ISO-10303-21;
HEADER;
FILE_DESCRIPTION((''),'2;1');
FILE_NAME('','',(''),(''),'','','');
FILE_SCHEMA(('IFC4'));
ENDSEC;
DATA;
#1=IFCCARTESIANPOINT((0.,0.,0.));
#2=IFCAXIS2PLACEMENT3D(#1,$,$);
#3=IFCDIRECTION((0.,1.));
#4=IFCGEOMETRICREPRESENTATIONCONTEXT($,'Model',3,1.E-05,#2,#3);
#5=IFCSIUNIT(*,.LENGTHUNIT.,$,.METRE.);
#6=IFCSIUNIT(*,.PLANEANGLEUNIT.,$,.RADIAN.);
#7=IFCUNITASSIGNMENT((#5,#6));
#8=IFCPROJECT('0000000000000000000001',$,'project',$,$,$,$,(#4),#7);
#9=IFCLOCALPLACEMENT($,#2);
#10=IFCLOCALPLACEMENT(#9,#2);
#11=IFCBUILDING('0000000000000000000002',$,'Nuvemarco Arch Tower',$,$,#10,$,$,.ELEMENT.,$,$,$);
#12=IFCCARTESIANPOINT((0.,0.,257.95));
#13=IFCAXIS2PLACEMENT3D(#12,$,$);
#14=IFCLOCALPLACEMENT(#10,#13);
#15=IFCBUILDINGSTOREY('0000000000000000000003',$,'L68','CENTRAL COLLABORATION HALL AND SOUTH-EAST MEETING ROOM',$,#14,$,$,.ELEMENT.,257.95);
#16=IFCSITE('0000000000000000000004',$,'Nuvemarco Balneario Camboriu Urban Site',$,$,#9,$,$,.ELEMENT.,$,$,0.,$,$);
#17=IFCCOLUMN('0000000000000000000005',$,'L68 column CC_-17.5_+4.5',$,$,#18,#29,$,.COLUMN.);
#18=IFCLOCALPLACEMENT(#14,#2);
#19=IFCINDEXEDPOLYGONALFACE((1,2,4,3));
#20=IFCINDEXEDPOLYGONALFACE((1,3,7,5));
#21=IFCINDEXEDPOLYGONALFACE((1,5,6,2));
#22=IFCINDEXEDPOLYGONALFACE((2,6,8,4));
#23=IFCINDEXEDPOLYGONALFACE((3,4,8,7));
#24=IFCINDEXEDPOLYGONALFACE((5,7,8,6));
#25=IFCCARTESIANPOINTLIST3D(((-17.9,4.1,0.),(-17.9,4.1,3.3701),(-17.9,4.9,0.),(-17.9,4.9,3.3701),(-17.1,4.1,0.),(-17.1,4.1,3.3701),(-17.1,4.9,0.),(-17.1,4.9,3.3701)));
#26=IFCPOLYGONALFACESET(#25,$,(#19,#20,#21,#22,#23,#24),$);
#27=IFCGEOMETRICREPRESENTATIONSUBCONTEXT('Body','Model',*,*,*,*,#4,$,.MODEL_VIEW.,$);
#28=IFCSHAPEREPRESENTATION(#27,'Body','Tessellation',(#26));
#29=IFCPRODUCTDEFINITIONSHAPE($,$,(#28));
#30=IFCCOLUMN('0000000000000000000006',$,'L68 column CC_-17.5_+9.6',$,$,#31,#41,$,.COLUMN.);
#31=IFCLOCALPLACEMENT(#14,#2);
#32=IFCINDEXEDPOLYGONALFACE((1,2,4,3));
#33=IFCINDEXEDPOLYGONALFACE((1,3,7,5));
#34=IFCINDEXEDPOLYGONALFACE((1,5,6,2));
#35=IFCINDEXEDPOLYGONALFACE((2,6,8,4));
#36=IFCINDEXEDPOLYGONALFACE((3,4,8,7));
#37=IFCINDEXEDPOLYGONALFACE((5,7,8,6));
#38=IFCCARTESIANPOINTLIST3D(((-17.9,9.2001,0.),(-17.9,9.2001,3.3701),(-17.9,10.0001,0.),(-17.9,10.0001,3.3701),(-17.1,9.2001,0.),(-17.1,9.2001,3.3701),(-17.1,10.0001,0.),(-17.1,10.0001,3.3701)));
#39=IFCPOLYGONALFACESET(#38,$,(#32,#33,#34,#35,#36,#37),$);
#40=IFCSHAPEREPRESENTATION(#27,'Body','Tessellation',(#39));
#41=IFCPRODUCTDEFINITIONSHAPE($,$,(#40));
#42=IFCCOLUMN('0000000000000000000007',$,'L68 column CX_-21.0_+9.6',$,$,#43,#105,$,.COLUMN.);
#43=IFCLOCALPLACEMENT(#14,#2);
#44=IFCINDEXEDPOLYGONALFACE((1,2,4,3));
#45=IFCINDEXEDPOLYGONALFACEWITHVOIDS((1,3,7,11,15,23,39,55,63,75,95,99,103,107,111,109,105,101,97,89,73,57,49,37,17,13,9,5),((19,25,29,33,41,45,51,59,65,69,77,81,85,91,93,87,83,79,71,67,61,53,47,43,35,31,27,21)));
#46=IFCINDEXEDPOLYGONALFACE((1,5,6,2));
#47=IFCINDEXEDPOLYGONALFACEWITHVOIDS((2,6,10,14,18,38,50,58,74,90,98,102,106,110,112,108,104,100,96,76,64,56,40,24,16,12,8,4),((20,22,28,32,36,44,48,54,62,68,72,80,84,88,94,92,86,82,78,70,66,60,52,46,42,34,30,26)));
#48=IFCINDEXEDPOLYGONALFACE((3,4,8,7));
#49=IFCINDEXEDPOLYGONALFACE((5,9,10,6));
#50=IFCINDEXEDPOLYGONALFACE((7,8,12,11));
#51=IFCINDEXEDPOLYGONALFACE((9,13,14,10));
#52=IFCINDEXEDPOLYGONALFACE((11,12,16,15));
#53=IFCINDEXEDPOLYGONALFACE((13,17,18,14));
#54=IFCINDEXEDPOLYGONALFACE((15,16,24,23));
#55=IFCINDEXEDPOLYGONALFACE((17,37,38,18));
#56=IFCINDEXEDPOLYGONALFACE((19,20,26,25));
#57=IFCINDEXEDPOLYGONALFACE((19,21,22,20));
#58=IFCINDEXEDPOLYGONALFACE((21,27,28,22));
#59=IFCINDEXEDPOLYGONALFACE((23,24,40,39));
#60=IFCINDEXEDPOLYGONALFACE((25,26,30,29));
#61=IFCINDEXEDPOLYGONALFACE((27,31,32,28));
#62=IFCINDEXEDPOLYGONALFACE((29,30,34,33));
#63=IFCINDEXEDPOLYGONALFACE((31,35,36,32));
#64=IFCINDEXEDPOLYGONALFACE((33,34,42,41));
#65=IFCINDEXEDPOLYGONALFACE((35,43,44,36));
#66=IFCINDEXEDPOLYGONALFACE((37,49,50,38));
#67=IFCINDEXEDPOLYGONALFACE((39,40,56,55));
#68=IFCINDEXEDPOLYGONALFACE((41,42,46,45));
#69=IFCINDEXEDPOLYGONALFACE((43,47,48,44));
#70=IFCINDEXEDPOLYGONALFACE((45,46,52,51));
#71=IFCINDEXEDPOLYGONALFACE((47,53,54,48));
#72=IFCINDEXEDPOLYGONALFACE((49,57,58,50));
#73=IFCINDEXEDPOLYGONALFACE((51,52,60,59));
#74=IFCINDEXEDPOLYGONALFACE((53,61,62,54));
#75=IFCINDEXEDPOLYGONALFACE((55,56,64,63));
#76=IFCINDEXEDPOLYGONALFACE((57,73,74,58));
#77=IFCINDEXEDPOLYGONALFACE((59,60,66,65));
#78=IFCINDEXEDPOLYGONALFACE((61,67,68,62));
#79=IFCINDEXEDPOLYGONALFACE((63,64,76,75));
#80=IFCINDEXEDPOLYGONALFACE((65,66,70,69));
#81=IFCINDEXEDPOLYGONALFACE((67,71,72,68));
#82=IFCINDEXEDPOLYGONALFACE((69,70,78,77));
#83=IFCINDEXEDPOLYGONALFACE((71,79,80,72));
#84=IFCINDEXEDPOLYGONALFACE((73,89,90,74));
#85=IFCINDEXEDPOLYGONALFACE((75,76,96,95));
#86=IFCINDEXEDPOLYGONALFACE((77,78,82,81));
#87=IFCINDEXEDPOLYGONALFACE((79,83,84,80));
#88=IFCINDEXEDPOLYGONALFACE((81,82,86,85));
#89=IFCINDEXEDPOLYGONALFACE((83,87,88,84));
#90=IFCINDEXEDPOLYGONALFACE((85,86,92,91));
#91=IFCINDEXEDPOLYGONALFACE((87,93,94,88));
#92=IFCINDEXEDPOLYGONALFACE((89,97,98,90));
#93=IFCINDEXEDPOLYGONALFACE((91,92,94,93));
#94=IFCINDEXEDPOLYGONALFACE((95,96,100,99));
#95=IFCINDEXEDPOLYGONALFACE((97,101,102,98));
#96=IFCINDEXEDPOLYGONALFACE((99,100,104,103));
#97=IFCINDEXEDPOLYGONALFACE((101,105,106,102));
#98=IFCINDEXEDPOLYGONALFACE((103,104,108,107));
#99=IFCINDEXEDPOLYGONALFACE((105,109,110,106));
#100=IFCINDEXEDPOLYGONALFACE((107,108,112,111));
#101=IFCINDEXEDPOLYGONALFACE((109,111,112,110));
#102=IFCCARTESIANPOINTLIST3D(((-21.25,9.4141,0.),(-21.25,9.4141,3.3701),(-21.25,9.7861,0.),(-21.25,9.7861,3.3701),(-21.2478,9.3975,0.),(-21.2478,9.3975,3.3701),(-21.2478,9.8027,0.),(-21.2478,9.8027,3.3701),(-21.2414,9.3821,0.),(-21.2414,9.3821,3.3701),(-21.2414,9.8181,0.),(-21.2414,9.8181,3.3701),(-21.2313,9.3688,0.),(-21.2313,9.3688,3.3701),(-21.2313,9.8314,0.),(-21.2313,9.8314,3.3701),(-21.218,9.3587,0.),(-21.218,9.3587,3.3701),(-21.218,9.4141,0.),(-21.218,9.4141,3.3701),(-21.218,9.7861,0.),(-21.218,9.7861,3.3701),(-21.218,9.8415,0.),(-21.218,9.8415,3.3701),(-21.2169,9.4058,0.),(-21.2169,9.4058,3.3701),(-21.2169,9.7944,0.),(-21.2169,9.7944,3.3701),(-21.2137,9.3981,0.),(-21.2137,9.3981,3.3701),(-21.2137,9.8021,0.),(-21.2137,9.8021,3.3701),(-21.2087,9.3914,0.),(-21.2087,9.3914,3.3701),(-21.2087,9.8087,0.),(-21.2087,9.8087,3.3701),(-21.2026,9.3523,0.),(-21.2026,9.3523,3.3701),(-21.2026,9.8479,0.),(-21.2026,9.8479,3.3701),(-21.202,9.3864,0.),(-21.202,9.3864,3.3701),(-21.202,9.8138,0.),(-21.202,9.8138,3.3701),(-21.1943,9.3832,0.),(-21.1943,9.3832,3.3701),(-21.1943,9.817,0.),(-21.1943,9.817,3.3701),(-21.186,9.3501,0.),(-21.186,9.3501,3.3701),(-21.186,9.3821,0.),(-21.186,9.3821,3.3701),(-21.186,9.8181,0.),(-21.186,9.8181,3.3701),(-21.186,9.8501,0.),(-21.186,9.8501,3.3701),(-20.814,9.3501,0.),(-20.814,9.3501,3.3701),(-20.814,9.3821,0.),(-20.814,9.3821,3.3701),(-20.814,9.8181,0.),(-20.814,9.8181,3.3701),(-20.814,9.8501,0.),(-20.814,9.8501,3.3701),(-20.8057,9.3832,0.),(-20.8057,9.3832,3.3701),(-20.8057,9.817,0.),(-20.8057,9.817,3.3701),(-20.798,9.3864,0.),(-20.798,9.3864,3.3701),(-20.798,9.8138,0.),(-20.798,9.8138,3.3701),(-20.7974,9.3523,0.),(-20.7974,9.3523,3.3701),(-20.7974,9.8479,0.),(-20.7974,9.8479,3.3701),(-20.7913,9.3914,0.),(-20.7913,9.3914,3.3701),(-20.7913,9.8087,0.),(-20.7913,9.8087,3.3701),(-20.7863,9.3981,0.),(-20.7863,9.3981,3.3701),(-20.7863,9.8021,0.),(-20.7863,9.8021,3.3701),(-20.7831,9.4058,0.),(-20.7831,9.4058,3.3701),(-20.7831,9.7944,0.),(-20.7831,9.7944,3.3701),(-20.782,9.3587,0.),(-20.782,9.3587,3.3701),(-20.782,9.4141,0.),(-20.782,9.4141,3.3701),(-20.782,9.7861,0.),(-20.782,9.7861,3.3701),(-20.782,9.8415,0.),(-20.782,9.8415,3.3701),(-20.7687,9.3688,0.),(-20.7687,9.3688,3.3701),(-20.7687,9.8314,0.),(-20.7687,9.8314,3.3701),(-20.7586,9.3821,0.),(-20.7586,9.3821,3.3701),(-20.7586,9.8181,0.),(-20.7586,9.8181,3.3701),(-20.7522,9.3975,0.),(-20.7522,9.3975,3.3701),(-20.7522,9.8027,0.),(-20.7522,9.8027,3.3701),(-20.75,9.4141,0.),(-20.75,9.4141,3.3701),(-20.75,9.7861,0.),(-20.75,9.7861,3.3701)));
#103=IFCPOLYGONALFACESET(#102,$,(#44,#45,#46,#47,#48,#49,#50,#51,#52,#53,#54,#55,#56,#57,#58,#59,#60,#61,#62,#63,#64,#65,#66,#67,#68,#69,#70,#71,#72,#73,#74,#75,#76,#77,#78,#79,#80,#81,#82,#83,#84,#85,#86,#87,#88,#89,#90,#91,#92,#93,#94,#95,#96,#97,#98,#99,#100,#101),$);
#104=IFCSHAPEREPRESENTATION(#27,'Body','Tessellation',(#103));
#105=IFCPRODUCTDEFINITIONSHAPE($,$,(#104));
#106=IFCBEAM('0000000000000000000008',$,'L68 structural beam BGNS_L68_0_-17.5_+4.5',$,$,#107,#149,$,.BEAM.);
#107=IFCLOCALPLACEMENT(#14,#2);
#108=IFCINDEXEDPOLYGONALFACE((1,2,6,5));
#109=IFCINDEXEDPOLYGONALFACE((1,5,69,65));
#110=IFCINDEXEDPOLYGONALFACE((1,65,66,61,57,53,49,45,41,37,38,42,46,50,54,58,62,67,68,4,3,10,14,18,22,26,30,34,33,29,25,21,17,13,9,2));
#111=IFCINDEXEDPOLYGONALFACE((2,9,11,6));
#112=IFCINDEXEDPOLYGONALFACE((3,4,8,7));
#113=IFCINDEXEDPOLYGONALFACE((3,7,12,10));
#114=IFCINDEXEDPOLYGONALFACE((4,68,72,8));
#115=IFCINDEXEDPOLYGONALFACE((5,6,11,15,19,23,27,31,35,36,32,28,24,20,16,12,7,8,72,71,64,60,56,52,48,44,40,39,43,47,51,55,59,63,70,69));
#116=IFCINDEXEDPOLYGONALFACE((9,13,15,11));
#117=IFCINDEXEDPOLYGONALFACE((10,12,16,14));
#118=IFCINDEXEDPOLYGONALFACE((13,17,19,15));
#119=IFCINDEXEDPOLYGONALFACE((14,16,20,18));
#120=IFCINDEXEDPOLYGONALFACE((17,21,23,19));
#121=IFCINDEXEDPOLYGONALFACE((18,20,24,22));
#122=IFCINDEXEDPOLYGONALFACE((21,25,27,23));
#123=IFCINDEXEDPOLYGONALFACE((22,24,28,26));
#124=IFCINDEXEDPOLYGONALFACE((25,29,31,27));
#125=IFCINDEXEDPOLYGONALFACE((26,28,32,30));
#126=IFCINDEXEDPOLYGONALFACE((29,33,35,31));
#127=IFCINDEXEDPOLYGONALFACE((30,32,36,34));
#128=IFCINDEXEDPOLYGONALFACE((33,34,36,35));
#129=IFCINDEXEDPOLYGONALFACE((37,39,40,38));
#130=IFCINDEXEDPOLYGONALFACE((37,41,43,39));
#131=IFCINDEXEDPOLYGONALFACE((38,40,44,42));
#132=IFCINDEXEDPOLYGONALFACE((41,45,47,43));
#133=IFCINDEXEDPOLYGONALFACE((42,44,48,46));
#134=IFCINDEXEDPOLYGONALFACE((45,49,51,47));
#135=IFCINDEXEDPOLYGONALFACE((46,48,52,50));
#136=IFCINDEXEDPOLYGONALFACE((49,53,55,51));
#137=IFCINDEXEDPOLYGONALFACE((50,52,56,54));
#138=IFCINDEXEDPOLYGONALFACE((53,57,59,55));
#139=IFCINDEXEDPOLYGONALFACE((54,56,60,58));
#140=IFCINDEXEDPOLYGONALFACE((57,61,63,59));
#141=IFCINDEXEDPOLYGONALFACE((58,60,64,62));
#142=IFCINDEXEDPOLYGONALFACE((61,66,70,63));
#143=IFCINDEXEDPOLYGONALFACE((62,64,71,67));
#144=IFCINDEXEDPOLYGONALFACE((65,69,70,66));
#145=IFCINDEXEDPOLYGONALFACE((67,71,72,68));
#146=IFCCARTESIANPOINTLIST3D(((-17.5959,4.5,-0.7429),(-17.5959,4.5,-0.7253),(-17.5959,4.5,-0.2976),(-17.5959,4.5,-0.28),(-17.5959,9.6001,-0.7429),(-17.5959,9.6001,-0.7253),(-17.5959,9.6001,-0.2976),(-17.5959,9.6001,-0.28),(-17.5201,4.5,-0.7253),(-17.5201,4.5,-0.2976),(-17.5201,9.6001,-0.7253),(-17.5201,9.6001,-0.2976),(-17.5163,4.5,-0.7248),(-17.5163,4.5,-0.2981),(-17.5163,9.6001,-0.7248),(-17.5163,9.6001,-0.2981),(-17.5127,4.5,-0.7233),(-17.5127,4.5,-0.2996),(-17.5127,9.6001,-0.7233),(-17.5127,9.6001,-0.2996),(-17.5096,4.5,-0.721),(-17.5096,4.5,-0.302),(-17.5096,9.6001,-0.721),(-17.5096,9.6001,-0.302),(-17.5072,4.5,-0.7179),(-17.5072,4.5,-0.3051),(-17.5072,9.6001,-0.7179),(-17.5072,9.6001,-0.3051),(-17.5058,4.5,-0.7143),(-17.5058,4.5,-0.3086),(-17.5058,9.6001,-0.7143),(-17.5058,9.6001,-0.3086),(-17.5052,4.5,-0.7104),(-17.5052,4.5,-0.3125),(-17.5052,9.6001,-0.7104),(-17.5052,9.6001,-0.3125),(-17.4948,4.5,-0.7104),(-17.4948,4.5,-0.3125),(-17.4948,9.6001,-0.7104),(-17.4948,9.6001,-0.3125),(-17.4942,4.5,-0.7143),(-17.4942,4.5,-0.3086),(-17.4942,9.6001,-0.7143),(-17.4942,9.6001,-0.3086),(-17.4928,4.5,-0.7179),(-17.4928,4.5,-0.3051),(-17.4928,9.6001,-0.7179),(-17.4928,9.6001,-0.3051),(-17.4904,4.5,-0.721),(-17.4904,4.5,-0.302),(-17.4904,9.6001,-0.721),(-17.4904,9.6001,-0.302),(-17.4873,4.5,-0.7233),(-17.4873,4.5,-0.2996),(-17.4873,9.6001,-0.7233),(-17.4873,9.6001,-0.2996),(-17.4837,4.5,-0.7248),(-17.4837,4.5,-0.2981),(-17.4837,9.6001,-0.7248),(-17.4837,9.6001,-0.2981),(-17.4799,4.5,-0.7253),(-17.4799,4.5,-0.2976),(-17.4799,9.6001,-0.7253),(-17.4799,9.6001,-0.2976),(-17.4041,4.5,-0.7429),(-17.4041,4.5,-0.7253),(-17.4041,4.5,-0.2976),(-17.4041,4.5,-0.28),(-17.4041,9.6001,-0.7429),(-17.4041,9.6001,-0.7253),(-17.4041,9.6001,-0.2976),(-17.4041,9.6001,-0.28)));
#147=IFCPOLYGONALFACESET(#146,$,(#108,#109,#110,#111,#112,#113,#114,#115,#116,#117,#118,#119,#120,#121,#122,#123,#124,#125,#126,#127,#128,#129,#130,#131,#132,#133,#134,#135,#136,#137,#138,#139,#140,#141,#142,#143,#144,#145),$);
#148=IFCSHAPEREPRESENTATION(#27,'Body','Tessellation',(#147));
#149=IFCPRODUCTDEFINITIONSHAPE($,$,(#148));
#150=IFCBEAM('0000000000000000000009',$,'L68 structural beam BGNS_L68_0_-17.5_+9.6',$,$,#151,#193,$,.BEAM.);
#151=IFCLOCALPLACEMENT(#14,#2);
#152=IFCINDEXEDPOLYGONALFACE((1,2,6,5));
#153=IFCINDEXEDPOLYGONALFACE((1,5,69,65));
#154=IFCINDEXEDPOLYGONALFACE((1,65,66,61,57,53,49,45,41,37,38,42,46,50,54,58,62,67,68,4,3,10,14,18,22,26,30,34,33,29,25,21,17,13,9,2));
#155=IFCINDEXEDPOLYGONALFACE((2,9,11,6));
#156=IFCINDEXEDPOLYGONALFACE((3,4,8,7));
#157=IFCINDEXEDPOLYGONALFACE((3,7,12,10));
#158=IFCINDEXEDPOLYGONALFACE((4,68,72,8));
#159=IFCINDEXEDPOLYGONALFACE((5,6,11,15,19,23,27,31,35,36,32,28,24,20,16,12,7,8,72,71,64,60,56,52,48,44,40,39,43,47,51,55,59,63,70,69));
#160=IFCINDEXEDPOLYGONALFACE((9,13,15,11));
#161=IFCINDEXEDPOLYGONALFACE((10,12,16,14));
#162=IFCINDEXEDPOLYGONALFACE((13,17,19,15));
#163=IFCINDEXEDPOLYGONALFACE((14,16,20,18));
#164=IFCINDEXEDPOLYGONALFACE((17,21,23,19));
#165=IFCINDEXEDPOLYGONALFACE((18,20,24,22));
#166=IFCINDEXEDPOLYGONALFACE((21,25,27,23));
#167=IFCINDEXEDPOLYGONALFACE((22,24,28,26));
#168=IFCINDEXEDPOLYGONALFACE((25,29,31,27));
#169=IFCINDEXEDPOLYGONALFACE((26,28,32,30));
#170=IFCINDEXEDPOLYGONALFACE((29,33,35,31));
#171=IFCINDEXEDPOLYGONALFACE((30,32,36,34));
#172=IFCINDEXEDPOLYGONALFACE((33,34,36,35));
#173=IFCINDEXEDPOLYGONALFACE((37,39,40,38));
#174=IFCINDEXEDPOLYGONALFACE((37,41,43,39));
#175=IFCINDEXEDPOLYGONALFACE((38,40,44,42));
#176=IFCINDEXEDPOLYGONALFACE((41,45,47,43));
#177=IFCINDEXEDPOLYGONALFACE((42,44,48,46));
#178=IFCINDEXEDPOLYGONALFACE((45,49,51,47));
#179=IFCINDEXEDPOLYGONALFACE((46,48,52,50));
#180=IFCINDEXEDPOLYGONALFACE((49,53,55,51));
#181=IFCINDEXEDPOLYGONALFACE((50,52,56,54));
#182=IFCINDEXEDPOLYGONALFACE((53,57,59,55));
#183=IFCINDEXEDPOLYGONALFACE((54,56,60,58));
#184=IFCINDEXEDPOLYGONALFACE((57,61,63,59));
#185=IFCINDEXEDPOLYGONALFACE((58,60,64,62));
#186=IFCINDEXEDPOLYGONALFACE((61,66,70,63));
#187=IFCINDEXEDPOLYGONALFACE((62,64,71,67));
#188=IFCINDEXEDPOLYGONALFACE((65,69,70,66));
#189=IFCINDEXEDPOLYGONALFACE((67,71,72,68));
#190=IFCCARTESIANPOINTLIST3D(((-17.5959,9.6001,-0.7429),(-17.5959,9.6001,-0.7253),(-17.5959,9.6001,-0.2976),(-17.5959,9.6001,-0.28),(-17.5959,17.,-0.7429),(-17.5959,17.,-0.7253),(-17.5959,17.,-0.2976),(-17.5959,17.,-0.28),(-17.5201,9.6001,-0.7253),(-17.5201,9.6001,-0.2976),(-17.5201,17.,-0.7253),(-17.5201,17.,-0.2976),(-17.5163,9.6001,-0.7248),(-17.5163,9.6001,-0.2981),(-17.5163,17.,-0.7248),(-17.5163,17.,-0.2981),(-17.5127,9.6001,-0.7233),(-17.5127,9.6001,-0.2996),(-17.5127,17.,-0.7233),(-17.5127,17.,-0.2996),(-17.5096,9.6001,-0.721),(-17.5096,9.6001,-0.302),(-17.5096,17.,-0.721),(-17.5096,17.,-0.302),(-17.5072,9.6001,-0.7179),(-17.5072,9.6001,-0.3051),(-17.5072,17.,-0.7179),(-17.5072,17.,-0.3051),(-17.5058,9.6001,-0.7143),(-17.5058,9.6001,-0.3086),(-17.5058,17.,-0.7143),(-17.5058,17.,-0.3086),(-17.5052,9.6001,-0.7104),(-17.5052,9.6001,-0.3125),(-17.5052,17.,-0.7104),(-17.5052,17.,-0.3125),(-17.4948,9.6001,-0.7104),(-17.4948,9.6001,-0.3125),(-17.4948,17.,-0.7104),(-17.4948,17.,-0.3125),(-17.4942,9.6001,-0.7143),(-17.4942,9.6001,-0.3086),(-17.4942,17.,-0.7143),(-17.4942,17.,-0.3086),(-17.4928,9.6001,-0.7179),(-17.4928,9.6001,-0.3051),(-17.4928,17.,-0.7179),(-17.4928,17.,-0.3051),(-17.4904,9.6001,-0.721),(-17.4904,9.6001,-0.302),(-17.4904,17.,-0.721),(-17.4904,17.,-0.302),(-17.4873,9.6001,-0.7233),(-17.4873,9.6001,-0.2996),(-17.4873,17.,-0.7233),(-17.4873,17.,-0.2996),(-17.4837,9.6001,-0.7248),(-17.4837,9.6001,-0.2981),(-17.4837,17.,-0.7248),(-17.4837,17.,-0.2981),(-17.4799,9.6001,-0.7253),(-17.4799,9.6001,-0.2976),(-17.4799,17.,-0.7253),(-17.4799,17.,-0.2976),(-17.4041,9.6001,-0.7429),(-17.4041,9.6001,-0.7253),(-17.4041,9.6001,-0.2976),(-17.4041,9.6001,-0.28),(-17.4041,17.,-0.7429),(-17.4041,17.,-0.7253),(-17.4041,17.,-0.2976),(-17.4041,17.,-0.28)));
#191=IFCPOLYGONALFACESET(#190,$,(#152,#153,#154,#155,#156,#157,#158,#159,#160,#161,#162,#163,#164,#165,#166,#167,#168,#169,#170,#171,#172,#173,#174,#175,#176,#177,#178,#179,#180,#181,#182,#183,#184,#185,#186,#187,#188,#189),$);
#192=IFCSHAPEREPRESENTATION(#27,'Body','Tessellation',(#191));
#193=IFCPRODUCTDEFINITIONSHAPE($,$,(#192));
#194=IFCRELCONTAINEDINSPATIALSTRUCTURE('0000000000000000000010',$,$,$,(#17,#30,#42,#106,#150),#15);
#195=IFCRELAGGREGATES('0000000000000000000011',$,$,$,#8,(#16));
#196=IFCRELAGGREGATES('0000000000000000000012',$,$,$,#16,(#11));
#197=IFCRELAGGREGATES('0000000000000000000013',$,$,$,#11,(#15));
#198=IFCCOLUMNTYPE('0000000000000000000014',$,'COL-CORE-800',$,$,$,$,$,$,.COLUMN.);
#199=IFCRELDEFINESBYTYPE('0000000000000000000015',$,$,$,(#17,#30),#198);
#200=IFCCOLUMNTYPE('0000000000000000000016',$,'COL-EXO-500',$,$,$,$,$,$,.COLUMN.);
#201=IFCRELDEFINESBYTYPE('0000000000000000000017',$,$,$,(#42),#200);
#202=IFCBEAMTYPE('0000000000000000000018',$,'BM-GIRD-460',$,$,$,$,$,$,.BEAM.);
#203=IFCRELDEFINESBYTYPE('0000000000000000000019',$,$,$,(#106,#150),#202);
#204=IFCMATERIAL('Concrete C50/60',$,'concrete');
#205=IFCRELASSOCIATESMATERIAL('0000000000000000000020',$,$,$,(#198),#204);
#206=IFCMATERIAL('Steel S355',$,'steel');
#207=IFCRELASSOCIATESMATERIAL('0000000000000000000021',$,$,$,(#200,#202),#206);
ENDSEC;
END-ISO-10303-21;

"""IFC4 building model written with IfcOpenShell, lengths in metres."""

from ifc_helpers import new_model, si_unit, direction, frame, origin, origin_2d, place, context, subcontext, project, spatial, rectangle, hollow_rectangle, i_section, extrude, material, material_profile, profile_set, type_object, element, save


model = new_model("IFC4")

# Units and contexts
model_context = context("Model", 3, precision=1e-05, world=origin(), true_north=direction((0.0, 1.0)))
body_context = subcontext(model_context, "Body", "Model", "MODEL_VIEW")
ifc_project = project(units=[si_unit("LENGTHUNIT", "METRE"), si_unit("PLANEANGLEUNIT", "RADIAN")], contexts=[model_context])

# Site, building, storey
site_placement = place(None, origin())
site = spatial("IfcSite", under=ifc_project, at=site_placement, Name="Nuvemarco Balneario Camboriu Urban Site", CompositionType="ELEMENT", RefElevation=0.0)
building_placement = place(site_placement, origin())
building = spatial("IfcBuilding", under=site, at=building_placement, Name="Nuvemarco Arch Tower", CompositionType="ELEMENT")
storey_placement = place(building_placement, frame((0.0, 0.0, 257.95)))
storey = spatial("IfcBuildingStorey", under=building, at=storey_placement, Name="L68", Description="CENTRAL COLLABORATION HALL AND SOUTH-EAST MEETING ROOM", CompositionType="ELEMENT", Elevation=257.95)

# Columns
ifc_material_1 = material(Name="Concrete C50/60", Category="concrete")
ifc_material_profile_1 = material_profile(ifc_material_1, rectangle(XDim=0.8, YDim=0.8, at=origin_2d()), Name="RC-COL-800x800")
ifc_profile_set_1 = profile_set([ifc_material_profile_1], Name="Concrete C50/60")
column_type_1 = type_object("IfcColumnType", Name="COL-CORE-800", PredefinedType="COLUMN", material=ifc_profile_set_1)
for number, where, z_axis, x_axis, name in (
    (1, (-17.5, 4.5, 0.0), (0.0, 0.0, 1.0), (1.0, 0.0, 0.0), "L68 column CC_-17.5_+4.5"),
    (2, (-17.5, 9.6001, 0.0), (0.0, 0.0, 1.0), (1.0, 0.0, 0.0), "L68 column CC_-17.5_+9.6"),
):
    element("IfcColumn", number, at=place(storey_placement, frame(where, z_axis=z_axis, x_axis=x_axis)), inside=storey, type_object=column_type_1, Name=name, PredefinedType="COLUMN", context=body_context, shape_type="SweptSolid", body=[
        extrude(rectangle(XDim=0.8, YDim=0.8, at=origin_2d()), origin(), (0.0, 0.0, 1.0), 3.3701),
    ])
ifc_material_2 = material(Name="Steel S355", Category="steel")
ifc_material_profile_2 = material_profile(ifc_material_2, hollow_rectangle(XDim=0.5, YDim=0.5, WallThickness=0.032, InnerFilletRadius=0.032, OuterFilletRadius=0.064, at=origin_2d()), Name="SHS500x500x32")
ifc_profile_set_2 = profile_set([ifc_material_profile_2], Name="Steel S355")
column_type_2 = type_object("IfcColumnType", Name="COL-EXO-500", PredefinedType="COLUMN", material=ifc_profile_set_2)
column_placement = place(storey_placement, frame((-21.0, 9.6001, 0.0), z_axis=(0.0, 0.0, 1.0), x_axis=(1.0, 0.0, 0.0)))
element("IfcColumn", 3, at=column_placement, inside=storey, type_object=column_type_2, Name="L68 column CX_-21.0_+9.6", PredefinedType="COLUMN", context=body_context, shape_type="SweptSolid", body=[
    extrude(hollow_rectangle(XDim=0.5, YDim=0.5, WallThickness=0.032, InnerFilletRadius=0.032, OuterFilletRadius=0.064, at=origin_2d()), origin(), (0.0, 0.0, 1.0), 3.3701),
])

# Beams
ifc_material_profile_3 = material_profile(ifc_material_2, i_section(OverallWidth=0.1919, OverallDepth=0.4629, WebThickness=0.0105, FlangeThickness=0.0176, FilletRadius=0.0149, at=origin_2d()), Name="W460x89")
ifc_profile_set_3 = profile_set([ifc_material_profile_3], Name="Steel S355")
beam_type_1 = type_object("IfcBeamType", Name="BM-GIRD-460", PredefinedType="BEAM", material=ifc_profile_set_3)
beam_1_placement = place(storey_placement, frame((-17.5, 4.5, -0.5115), z_axis=(0.0, 1.0, 0.0), x_axis=(-1.0, 0.0, 0.0)))
element("IfcBeam", 4, at=beam_1_placement, inside=storey, type_object=beam_type_1, Name="L68 structural beam BGNS_L68_0_-17.5_+4.5", PredefinedType="BEAM", context=body_context, shape_type="SweptSolid", body=[
    extrude(i_section(OverallWidth=0.1919, OverallDepth=0.4629, WebThickness=0.0105, FlangeThickness=0.0176, FilletRadius=0.0149, at=origin_2d()), origin(), (0.0, 0.0, 1.0), 5.1001),
])
beam_2_placement = place(storey_placement, frame((-17.5, 9.6001, -0.5115), z_axis=(0.0, 1.0, 0.0), x_axis=(-1.0, 0.0, 0.0)))
element("IfcBeam", 5, at=beam_2_placement, inside=storey, type_object=beam_type_1, Name="L68 structural beam BGNS_L68_0_-17.5_+9.6", PredefinedType="BEAM", context=body_context, shape_type="SweptSolid", body=[
    extrude(i_section(OverallWidth=0.1919, OverallDepth=0.4629, WebThickness=0.0105, FlangeThickness=0.0176, FilletRadius=0.0149, at=origin_2d()), origin(), (0.0, 0.0, 1.0), 7.3999),
])

save(model, "model.ifc")
